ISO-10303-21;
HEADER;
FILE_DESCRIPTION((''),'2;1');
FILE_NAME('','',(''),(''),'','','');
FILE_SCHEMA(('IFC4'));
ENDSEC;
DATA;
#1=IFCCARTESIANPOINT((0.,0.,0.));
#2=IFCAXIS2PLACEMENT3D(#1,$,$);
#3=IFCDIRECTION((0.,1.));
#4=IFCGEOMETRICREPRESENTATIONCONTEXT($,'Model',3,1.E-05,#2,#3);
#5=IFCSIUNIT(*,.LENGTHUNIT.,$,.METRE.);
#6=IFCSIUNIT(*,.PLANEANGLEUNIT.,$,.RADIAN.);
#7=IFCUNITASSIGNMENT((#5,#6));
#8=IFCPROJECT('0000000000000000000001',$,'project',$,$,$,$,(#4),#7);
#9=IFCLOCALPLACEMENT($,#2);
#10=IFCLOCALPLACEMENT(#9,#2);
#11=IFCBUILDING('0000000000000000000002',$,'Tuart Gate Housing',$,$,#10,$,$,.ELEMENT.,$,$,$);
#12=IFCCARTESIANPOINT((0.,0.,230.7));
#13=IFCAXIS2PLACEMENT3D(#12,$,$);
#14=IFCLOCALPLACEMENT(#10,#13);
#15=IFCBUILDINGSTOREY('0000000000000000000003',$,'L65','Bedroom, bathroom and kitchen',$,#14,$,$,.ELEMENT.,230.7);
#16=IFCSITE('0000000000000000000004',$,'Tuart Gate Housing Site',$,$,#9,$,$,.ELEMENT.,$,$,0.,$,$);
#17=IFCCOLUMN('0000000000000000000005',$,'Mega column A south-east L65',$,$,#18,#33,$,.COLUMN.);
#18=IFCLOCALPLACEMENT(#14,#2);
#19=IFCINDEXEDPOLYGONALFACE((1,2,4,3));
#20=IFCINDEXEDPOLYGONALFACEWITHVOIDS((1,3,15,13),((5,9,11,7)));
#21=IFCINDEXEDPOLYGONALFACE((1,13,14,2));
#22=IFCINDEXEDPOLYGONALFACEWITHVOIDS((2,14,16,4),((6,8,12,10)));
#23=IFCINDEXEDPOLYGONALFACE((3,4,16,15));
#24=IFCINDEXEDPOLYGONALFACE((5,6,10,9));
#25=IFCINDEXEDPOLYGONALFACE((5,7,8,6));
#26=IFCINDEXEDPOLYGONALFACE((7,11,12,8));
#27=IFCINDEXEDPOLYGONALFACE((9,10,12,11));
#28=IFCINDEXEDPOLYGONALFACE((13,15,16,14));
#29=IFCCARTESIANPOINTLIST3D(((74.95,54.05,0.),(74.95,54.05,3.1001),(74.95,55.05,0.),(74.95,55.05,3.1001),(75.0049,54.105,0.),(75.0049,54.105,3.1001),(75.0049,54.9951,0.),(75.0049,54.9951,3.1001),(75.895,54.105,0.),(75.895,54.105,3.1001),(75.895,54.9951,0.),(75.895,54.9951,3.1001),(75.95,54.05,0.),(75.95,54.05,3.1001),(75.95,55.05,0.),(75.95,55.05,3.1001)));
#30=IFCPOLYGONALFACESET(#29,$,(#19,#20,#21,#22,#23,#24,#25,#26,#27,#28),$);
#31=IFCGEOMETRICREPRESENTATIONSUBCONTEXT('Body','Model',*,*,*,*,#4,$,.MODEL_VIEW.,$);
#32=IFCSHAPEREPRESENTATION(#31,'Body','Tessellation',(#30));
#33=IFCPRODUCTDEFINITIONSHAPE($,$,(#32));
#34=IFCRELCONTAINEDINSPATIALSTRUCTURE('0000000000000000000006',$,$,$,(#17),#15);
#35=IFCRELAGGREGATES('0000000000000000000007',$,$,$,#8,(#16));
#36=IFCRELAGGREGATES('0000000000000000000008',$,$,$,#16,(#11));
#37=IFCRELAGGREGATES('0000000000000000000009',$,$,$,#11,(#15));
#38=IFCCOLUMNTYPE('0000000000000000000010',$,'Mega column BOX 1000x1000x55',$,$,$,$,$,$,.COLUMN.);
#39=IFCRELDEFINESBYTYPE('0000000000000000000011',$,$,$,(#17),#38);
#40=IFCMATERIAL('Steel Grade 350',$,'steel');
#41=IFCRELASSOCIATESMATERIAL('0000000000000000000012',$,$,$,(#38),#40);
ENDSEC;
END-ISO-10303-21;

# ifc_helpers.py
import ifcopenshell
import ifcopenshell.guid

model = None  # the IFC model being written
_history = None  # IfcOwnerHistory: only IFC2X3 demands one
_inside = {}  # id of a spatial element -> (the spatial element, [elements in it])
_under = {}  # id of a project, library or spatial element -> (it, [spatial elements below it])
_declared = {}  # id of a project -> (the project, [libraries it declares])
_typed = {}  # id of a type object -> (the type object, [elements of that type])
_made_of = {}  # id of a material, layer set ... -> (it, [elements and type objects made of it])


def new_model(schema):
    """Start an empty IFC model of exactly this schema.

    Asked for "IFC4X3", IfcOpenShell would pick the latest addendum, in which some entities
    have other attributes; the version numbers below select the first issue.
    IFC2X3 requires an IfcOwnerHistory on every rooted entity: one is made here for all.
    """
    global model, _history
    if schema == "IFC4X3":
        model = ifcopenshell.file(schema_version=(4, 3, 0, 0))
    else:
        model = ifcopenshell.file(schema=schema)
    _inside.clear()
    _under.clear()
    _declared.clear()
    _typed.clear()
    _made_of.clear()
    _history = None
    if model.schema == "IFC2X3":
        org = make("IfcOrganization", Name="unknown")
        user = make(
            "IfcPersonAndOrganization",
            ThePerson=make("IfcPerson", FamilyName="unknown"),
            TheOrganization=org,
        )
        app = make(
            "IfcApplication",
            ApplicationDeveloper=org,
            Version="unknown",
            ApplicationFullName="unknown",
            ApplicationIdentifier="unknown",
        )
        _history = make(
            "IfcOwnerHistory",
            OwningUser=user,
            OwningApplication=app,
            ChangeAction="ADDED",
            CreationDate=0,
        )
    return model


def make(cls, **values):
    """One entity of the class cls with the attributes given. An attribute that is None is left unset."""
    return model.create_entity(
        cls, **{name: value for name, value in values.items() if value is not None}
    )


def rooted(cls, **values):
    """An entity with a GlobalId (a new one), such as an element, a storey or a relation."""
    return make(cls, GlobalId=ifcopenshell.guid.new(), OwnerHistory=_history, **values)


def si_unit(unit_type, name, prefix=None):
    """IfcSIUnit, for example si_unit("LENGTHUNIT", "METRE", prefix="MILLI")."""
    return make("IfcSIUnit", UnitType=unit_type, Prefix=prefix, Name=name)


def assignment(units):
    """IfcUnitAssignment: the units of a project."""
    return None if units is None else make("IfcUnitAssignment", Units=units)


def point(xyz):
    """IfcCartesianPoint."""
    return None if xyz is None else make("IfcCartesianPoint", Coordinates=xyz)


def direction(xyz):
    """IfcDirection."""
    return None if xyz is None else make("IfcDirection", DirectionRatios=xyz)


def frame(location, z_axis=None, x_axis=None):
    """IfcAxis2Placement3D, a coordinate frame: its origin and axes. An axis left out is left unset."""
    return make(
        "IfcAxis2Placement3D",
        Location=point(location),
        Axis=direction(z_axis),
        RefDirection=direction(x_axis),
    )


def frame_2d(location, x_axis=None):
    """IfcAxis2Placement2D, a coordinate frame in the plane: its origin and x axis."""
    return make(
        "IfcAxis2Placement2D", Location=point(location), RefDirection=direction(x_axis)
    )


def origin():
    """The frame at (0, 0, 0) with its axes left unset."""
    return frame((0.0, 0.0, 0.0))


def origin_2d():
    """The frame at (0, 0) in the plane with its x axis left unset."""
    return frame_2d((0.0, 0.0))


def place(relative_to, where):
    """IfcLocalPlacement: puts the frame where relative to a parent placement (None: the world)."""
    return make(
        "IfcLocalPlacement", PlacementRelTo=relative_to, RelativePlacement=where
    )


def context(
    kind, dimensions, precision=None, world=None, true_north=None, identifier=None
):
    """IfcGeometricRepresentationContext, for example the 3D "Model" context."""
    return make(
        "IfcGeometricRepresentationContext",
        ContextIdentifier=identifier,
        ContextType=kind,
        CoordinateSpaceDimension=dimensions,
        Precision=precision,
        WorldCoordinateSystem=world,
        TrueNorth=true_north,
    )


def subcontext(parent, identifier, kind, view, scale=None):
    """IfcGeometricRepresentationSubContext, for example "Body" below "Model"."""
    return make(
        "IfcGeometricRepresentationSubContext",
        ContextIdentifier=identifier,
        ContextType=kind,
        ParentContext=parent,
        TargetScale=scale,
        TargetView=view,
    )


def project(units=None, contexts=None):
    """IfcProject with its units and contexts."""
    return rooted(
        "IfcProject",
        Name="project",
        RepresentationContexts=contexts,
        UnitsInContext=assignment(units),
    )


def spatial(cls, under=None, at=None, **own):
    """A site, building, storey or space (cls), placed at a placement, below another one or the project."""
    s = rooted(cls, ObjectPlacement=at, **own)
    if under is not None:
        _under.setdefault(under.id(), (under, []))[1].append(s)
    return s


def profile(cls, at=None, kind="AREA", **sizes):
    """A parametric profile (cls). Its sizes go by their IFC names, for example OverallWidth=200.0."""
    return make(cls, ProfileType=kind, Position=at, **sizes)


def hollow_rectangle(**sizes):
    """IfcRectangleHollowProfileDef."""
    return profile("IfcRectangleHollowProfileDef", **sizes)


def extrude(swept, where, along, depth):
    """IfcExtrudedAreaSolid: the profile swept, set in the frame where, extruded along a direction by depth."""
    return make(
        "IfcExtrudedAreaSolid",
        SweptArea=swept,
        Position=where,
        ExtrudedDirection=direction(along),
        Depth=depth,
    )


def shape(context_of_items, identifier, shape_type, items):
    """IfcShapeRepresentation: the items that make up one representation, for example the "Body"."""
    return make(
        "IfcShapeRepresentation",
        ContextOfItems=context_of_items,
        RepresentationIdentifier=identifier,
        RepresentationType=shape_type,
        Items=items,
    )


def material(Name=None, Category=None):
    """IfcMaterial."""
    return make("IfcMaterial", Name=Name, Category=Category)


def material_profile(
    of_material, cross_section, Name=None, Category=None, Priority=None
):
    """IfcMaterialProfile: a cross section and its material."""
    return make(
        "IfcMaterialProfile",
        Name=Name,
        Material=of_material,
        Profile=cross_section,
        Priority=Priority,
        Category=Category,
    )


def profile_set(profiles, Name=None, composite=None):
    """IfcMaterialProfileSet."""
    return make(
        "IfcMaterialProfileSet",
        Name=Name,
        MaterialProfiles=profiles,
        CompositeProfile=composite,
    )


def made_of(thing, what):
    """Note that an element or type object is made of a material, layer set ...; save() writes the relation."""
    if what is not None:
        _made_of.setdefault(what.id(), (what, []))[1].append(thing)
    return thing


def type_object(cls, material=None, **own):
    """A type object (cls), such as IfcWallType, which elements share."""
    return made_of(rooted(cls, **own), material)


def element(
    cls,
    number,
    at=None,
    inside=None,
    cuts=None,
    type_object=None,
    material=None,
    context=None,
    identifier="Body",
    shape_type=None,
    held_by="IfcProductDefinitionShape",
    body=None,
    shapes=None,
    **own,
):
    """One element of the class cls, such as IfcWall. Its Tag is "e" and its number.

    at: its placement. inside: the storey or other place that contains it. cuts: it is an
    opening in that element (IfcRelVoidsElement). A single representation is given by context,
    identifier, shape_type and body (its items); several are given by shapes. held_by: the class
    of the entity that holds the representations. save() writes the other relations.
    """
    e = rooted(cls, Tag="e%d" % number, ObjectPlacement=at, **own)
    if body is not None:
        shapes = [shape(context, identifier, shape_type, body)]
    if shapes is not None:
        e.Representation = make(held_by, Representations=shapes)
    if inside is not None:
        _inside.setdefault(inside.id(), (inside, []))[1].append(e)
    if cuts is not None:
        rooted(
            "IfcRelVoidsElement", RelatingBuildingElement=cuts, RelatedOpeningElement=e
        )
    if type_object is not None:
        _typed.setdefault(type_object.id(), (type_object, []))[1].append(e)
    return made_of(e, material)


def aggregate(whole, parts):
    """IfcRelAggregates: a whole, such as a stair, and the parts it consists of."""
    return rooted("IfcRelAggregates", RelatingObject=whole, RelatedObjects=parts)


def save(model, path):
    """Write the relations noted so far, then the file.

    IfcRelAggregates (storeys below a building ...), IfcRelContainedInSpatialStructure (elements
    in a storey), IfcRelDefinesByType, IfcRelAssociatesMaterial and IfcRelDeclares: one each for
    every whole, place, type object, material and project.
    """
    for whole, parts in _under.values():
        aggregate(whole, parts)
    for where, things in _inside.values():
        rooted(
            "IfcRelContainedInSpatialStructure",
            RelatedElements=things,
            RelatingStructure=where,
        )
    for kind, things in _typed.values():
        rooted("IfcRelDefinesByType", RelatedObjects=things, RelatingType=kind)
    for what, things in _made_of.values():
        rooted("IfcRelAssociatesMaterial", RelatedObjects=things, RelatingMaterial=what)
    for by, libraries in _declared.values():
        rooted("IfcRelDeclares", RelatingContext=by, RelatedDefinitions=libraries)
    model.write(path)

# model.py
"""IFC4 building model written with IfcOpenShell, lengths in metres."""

from ifc_helpers import new_model, si_unit, direction, frame, origin, origin_2d, place, context, subcontext, project, spatial, hollow_rectangle, extrude, material, material_profile, profile_set, type_object, element, save


model = new_model("IFC4")

# Units and contexts
model_context = context("Model", 3, precision=1e-05, world=origin(), true_north=direction((0.0, 1.0)))
body_context = subcontext(model_context, "Body", "Model", "MODEL_VIEW")
ifc_project = project(units=[si_unit("LENGTHUNIT", "METRE"), si_unit("PLANEANGLEUNIT", "RADIAN")], contexts=[model_context])

# Site, building, storey
site_placement = place(None, origin())
site = spatial("IfcSite", under=ifc_project, at=site_placement, Name="Tuart Gate Housing Site", CompositionType="ELEMENT", RefElevation=0.0)
building_placement = place(site_placement, origin())
building = spatial("IfcBuilding", under=site, at=building_placement, Name="Tuart Gate Housing", CompositionType="ELEMENT")
storey_placement = place(building_placement, frame((0.0, 0.0, 230.7)))
storey = spatial("IfcBuildingStorey", under=building, at=storey_placement, Name="L65", Description="Bedroom, bathroom and kitchen", CompositionType="ELEMENT", Elevation=230.7)

# Column
ifc_material_1 = material(Name="Steel Grade 350", Category="steel")
ifc_material_profile = material_profile(ifc_material_1, hollow_rectangle(XDim=1.0, YDim=1.0, WallThickness=0.0549, at=origin_2d()), Name="BOX 1000x1000x55")
ifc_profile_set = profile_set([ifc_material_profile], Name="Steel Grade 350")
column_type = type_object("IfcColumnType", Name="Mega column BOX 1000x1000x55", PredefinedType="COLUMN", material=ifc_profile_set)
column_placement = place(storey_placement, frame((75.45, 54.55, 0.0), z_axis=(0.0, 0.0, 1.0), x_axis=(1.0, 0.0, 0.0)))
element("IfcColumn", 1, at=column_placement, inside=storey, type_object=column_type, Name="Mega column A south-east L65", PredefinedType="COLUMN", context=body_context, shape_type="SweptSolid", body=[
    extrude(hollow_rectangle(XDim=1.0, YDim=1.0, WallThickness=0.0549, at=origin_2d()), origin(), (0.0, 0.0, 1.0), 3.1001),
])

save(model, "model.ifc")
